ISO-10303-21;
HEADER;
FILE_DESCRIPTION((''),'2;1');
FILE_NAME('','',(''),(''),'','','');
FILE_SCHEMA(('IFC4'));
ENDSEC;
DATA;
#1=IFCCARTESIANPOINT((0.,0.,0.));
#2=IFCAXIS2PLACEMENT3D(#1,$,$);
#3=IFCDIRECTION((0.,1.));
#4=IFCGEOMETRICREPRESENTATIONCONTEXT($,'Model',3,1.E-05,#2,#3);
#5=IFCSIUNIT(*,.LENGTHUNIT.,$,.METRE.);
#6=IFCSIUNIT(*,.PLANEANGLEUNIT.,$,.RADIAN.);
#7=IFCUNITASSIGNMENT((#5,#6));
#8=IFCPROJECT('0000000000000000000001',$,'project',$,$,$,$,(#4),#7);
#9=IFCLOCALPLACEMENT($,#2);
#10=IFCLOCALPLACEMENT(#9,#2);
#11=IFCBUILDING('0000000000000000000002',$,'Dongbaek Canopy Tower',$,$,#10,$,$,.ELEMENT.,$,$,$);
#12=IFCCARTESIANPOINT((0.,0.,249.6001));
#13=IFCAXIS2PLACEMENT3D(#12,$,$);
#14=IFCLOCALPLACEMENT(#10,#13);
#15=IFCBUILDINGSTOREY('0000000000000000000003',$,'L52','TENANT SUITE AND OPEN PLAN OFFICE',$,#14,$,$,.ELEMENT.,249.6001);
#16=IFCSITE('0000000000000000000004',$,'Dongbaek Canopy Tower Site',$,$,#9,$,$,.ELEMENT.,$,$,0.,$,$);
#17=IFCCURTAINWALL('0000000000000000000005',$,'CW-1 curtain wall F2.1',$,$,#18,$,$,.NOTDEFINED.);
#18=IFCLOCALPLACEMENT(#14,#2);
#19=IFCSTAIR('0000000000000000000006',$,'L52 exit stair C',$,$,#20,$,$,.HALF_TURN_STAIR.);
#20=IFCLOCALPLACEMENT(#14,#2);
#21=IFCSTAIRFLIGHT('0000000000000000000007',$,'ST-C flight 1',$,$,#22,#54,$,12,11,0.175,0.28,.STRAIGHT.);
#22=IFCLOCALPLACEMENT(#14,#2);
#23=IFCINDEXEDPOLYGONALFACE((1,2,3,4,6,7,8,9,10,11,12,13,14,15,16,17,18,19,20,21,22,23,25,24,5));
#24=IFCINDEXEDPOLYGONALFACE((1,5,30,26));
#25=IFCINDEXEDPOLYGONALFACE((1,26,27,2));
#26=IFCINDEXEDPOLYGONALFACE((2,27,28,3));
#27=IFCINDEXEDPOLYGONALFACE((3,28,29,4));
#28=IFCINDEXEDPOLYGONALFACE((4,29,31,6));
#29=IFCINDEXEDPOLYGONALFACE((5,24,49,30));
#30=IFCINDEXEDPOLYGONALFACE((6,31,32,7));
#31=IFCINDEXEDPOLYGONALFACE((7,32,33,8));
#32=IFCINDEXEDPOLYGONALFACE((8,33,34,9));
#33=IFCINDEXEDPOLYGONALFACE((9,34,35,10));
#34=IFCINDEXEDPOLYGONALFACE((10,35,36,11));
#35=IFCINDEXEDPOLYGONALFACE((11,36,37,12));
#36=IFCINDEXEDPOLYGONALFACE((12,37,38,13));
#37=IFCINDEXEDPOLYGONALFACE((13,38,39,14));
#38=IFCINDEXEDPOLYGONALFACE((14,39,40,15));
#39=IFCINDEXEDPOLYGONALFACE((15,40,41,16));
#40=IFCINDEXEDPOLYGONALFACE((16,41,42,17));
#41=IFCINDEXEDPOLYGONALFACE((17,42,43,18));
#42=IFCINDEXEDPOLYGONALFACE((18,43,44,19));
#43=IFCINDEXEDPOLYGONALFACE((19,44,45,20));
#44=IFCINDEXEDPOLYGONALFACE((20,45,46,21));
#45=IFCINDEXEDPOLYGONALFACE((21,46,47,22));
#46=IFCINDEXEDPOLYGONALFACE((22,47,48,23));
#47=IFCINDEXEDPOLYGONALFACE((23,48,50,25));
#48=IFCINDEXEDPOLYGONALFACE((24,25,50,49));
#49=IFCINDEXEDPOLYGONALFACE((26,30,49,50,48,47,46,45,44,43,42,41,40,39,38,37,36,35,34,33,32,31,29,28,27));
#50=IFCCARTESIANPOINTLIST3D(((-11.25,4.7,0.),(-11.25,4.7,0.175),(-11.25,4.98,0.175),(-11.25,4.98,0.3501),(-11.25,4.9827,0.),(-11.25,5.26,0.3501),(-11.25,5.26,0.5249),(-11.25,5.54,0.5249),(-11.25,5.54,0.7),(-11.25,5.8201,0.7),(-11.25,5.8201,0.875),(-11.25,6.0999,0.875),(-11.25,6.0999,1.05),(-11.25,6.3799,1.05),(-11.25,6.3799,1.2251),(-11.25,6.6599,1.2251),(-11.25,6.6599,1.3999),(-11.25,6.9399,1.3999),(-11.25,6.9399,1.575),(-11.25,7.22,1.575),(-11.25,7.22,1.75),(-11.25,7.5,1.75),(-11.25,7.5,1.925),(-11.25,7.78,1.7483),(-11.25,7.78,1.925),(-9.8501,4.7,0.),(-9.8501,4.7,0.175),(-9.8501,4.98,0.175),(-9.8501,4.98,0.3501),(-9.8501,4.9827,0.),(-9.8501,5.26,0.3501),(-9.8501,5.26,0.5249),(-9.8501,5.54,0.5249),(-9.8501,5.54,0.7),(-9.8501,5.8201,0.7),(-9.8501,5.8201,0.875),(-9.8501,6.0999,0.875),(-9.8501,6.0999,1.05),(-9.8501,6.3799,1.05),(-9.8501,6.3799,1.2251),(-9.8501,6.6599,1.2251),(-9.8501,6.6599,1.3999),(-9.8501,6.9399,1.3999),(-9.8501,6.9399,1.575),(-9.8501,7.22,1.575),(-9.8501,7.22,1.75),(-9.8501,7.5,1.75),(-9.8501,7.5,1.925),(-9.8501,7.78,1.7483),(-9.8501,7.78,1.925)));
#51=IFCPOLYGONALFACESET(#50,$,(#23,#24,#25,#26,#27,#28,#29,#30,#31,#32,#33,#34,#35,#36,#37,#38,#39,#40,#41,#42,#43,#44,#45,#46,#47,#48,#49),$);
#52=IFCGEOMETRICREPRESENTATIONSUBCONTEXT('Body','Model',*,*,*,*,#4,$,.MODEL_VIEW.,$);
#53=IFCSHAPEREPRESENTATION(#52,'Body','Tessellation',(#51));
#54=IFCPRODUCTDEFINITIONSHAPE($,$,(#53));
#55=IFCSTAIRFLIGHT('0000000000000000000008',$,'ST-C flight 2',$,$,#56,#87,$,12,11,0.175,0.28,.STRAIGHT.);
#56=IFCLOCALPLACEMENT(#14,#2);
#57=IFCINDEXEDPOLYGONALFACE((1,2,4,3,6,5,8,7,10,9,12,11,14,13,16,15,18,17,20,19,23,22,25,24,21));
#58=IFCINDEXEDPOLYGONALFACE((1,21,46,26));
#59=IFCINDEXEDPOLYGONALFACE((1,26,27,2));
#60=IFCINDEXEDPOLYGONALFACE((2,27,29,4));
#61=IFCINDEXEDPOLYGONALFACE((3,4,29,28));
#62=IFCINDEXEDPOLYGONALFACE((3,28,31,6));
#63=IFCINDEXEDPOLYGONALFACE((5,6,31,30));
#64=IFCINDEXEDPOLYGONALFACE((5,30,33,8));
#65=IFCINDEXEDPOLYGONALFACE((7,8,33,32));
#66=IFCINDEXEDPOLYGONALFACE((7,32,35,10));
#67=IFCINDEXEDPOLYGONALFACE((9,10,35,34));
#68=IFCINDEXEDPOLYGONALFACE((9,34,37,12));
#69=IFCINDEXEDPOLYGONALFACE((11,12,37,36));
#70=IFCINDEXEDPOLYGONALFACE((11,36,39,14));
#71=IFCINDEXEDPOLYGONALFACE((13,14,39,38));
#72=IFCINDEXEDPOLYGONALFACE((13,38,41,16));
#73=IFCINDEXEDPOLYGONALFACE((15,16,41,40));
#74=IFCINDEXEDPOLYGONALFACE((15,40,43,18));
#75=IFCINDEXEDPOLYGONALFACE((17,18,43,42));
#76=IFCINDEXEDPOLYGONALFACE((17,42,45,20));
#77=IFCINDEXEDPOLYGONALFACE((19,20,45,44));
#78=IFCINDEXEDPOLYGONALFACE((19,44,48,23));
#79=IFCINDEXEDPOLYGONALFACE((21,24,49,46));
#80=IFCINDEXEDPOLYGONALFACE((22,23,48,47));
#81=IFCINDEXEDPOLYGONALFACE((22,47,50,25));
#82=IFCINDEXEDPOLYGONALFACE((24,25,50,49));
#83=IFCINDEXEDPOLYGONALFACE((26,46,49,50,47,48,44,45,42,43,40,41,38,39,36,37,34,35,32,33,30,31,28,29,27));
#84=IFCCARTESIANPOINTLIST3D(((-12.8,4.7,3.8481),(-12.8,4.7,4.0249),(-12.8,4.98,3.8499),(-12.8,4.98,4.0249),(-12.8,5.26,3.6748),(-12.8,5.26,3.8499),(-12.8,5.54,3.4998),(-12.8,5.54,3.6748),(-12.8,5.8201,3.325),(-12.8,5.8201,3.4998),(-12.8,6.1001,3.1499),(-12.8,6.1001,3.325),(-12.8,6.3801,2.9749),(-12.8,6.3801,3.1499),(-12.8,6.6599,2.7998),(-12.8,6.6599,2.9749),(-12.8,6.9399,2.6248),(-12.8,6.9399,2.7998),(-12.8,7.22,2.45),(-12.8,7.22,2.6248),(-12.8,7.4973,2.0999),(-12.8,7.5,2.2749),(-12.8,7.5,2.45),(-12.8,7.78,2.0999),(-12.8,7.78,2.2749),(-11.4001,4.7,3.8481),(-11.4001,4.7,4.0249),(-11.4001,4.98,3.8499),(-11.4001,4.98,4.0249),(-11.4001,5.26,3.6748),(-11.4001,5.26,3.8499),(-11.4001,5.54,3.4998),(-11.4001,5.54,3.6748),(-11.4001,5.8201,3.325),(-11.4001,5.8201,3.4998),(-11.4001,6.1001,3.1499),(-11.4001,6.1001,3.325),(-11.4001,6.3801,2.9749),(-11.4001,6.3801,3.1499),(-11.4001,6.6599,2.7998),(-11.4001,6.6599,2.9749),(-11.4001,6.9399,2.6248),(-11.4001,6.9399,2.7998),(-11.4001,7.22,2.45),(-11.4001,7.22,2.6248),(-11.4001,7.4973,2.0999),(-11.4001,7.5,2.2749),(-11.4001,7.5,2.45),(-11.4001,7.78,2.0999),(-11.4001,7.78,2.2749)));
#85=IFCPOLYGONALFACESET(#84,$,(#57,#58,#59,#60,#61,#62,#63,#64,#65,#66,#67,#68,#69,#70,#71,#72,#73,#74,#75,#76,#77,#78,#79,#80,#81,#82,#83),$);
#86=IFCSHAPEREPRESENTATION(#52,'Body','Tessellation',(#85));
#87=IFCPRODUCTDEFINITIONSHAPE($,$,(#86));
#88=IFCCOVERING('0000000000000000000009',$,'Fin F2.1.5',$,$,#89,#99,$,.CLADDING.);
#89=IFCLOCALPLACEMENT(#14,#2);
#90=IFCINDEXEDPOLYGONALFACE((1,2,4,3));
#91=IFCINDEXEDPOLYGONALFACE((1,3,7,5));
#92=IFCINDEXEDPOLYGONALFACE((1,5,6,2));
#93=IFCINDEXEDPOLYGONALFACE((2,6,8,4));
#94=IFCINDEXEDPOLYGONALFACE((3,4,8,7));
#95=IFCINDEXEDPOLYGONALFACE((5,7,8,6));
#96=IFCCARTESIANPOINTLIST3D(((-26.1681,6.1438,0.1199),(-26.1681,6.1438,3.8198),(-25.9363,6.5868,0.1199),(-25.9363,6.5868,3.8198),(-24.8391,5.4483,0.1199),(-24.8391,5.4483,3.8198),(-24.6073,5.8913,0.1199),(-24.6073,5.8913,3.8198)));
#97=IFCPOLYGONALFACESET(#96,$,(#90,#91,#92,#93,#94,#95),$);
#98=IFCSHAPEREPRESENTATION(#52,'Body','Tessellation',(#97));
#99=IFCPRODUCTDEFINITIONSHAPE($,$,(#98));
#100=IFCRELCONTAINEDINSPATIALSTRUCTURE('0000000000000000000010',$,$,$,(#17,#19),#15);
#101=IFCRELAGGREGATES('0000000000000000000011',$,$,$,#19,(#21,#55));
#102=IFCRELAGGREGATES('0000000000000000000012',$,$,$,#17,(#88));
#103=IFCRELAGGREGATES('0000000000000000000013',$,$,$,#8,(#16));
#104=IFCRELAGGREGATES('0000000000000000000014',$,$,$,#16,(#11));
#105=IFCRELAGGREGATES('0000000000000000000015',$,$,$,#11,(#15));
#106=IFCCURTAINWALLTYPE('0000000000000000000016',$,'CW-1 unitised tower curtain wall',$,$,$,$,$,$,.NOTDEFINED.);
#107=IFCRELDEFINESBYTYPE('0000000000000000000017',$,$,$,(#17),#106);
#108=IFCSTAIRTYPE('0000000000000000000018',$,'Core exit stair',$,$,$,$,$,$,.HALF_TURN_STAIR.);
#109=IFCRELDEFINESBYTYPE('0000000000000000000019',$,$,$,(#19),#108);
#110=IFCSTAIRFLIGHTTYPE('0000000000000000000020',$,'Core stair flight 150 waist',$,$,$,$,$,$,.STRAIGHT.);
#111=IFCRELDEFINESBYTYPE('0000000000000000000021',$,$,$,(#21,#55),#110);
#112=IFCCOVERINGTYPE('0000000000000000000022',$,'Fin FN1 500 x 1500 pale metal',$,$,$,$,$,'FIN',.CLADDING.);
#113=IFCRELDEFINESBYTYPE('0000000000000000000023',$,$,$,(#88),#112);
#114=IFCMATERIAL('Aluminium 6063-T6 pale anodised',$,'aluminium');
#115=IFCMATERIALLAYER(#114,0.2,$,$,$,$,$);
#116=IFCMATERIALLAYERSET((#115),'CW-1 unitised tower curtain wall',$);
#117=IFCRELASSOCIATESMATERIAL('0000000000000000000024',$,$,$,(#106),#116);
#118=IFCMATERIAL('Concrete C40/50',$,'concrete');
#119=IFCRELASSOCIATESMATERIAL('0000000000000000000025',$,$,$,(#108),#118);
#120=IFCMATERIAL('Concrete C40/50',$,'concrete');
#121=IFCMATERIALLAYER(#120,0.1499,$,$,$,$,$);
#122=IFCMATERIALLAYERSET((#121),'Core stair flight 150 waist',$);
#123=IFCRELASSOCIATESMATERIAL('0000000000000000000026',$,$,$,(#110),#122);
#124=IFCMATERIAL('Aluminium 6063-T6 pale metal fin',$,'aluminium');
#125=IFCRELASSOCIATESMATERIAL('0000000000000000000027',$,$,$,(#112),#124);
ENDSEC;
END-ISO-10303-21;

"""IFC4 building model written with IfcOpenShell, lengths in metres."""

from ifc_helpers import new_model, si_unit, direction, frame, origin, origin_2d, place, context, subcontext, project, spatial, polyline, rectangle, outline, extrude, material, layer, layer_set, material_profile, profile_set, type_object, element, aggregate, save


model = new_model("IFC4")

# Units and contexts
model_context = context("Model", 3, precision=1e-05, world=origin(), true_north=direction((0.0, 1.0)))
body_context = subcontext(model_context, "Body", "Model", "MODEL_VIEW")
ifc_project = project(units=[si_unit("LENGTHUNIT", "METRE"), si_unit("PLANEANGLEUNIT", "RADIAN")], contexts=[model_context])

# Site, building, storey
site_placement = place(None, origin())
site = spatial("IfcSite", under=ifc_project, at=site_placement, Name="Dongbaek Canopy Tower Site", CompositionType="ELEMENT", RefElevation=0.0)
building_placement = place(site_placement, origin())
building = spatial("IfcBuilding", under=site, at=building_placement, Name="Dongbaek Canopy Tower", CompositionType="ELEMENT")
storey_placement = place(building_placement, frame((0.0, 0.0, 249.6001)))
storey = spatial("IfcBuildingStorey", under=building, at=storey_placement, Name="L52", Description="TENANT SUITE AND OPEN PLAN OFFICE", CompositionType="ELEMENT", Elevation=249.6001)

# Curtain wall
ifc_material_1 = material(Name="Aluminium 6063-T6 pale anodised", Category="aluminium")
ifc_layer_1 = layer(ifc_material_1, 0.2)
ifc_layer_set_1 = layer_set([ifc_layer_1], Name="CW-1 unitised tower curtain wall")
curtain_wall_type = type_object("IfcCurtainWallType", Name="CW-1 unitised tower curtain wall", PredefinedType="NOTDEFINED", material=ifc_layer_set_1)
curtain_wall_placement = place(storey_placement, origin())
curtain_wall = element("IfcCurtainWall", 1, at=curtain_wall_placement, inside=storey, type_object=curtain_wall_type, Name="CW-1 curtain wall F2.1", PredefinedType="NOTDEFINED")

# Stair, stair flights
ifc_material_2 = material(Name="Concrete C40/50", Category="concrete")
stair_type = type_object("IfcStairType", Name="Core exit stair", PredefinedType="HALF_TURN_STAIR", material=ifc_material_2)
stair_placement = place(storey_placement, origin())
stair = element("IfcStair", 2, at=stair_placement, inside=storey, type_object=stair_type, Name="L52 exit stair C", PredefinedType="HALF_TURN_STAIR")
ifc_material_3 = material(Name="Concrete C40/50", Category="concrete")
ifc_layer_2 = layer(ifc_material_3, 0.1499)
ifc_layer_set_2 = layer_set([ifc_layer_2], Name="Core stair flight 150 waist")
stair_flight_type = type_object("IfcStairFlightType", Name="Core stair flight 150 waist", PredefinedType="STRAIGHT", material=ifc_layer_set_2)
stair_flight_1_placement = place(storey_placement, frame((-10.55, 4.7, 0.0), z_axis=(0.0, 0.0, 1.0), x_axis=(0.0, 1.0, 0.0)))
stair_flight_1 = element("IfcStairFlight", 3, at=stair_flight_1_placement, type_object=stair_flight_type, Name="ST-C flight 1", NumberOfRisers=12, NumberOfTreads=11, PredefinedType="STRAIGHT", RiserHeight=0.175, TreadLength=0.28, context=body_context, shape_type="SweptSolid", body=[
    extrude(outline(polyline([(0.0, 0.0), (0.0, 0.175), (0.28, 0.175), (0.28, 0.3501), (0.5601, 0.3501), (0.5601, 0.5249), (0.8401, 0.5249), (0.8401, 0.7), (1.1201, 0.7), (1.1201, 0.875), (1.3999, 0.875), (1.3999, 1.05), (1.6799, 1.05), (1.6799, 1.2251), (1.96, 1.2251), (1.96, 1.3999), (2.24, 1.3999), (2.24, 1.575), (2.52, 1.575), (2.52, 1.75), (2.8, 1.75), (2.8, 1.925), (3.0801, 1.925), (3.0801, 2.1001), (3.0801, 1.7483), (0.2827, 0.0), (0.0, 0.0)])), frame((0.0, 0.7, 0.0), z_axis=(0.0, -1.0, 0.0), x_axis=(1.0, 0.0, 0.0)), (0.0, 0.0, 1.0), 1.3999),
])
stair_flight_2_placement = place(storey_placement, frame((-12.1001, 7.78, 2.0999), z_axis=(0.0, 0.0, 1.0), x_axis=(0.0, -1.0, 0.0)))
stair_flight_2 = element("IfcStairFlight", 4, at=stair_flight_2_placement, type_object=stair_flight_type, Name="ST-C flight 2", NumberOfRisers=12, NumberOfTreads=11, PredefinedType="STRAIGHT", RiserHeight=0.175, TreadLength=0.28, context=body_context, shape_type="SweptSolid", body=[
    extrude(outline(polyline([(0.0, 0.0), (0.0, 0.175), (0.28, 0.175), (0.28, 0.3501), (0.5601, 0.3501), (0.5601, 0.5249), (0.8401, 0.5249), (0.8401, 0.7), (1.1201, 0.7), (1.1201, 0.875), (1.3999, 0.875), (1.3999, 1.05), (1.6799, 1.05), (1.6799, 1.2251), (1.96, 1.2251), (1.96, 1.3999), (2.24, 1.3999), (2.24, 1.575), (2.52, 1.575), (2.52, 1.75), (2.8, 1.75), (2.8, 1.925), (3.0801, 1.925), (3.0801, 2.1001), (3.0801, 1.7483), (0.2827, 0.0), (0.0, 0.0)])), frame((0.0, 0.7, 0.0), z_axis=(0.0, -1.0, 0.0), x_axis=(1.0, 0.0, 0.0)), (0.0, 0.0, 1.0), 1.3999),
])
aggregate(stair, [stair_flight_1, stair_flight_2])

# Covering
ifc_material_4 = material(Name="Aluminium 6063-T6 pale metal fin", Category="aluminium")
ifc_material_profile_1 = material_profile(ifc_material_4, rectangle(XDim=1.5, YDim=0.5, at=origin_2d()), Name="Fin FN1 500 x 1500 pale metal")
ifc_profile_set_1 = profile_set([ifc_material_profile_1], Name="Aluminium 6063-T6 pale metal fin")
covering_type = type_object("IfcCoveringType", Name="Fin FN1 500 x 1500 pale metal", ElementType="FIN", PredefinedType="CLADDING", material=ifc_profile_set_1)
covering_placement = place(storey_placement, frame((-25.3877, 6.0176, 0.1199), z_axis=(0.0, 0.0, 1.0), x_axis=(-0.886019, 0.463649, 0.0)))
covering = element("IfcCovering", 5, at=covering_placement, type_object=covering_type, Name="Fin F2.1.5", PredefinedType="CLADDING", context=body_context, shape_type="SweptSolid", body=[
    extrude(rectangle(XDim=1.5, YDim=0.5, at=origin_2d()), origin(), (0.0, 0.0, 1.0), 3.7),
])
aggregate(curtain_wall, [covering])

save(model, "model.ifc")
